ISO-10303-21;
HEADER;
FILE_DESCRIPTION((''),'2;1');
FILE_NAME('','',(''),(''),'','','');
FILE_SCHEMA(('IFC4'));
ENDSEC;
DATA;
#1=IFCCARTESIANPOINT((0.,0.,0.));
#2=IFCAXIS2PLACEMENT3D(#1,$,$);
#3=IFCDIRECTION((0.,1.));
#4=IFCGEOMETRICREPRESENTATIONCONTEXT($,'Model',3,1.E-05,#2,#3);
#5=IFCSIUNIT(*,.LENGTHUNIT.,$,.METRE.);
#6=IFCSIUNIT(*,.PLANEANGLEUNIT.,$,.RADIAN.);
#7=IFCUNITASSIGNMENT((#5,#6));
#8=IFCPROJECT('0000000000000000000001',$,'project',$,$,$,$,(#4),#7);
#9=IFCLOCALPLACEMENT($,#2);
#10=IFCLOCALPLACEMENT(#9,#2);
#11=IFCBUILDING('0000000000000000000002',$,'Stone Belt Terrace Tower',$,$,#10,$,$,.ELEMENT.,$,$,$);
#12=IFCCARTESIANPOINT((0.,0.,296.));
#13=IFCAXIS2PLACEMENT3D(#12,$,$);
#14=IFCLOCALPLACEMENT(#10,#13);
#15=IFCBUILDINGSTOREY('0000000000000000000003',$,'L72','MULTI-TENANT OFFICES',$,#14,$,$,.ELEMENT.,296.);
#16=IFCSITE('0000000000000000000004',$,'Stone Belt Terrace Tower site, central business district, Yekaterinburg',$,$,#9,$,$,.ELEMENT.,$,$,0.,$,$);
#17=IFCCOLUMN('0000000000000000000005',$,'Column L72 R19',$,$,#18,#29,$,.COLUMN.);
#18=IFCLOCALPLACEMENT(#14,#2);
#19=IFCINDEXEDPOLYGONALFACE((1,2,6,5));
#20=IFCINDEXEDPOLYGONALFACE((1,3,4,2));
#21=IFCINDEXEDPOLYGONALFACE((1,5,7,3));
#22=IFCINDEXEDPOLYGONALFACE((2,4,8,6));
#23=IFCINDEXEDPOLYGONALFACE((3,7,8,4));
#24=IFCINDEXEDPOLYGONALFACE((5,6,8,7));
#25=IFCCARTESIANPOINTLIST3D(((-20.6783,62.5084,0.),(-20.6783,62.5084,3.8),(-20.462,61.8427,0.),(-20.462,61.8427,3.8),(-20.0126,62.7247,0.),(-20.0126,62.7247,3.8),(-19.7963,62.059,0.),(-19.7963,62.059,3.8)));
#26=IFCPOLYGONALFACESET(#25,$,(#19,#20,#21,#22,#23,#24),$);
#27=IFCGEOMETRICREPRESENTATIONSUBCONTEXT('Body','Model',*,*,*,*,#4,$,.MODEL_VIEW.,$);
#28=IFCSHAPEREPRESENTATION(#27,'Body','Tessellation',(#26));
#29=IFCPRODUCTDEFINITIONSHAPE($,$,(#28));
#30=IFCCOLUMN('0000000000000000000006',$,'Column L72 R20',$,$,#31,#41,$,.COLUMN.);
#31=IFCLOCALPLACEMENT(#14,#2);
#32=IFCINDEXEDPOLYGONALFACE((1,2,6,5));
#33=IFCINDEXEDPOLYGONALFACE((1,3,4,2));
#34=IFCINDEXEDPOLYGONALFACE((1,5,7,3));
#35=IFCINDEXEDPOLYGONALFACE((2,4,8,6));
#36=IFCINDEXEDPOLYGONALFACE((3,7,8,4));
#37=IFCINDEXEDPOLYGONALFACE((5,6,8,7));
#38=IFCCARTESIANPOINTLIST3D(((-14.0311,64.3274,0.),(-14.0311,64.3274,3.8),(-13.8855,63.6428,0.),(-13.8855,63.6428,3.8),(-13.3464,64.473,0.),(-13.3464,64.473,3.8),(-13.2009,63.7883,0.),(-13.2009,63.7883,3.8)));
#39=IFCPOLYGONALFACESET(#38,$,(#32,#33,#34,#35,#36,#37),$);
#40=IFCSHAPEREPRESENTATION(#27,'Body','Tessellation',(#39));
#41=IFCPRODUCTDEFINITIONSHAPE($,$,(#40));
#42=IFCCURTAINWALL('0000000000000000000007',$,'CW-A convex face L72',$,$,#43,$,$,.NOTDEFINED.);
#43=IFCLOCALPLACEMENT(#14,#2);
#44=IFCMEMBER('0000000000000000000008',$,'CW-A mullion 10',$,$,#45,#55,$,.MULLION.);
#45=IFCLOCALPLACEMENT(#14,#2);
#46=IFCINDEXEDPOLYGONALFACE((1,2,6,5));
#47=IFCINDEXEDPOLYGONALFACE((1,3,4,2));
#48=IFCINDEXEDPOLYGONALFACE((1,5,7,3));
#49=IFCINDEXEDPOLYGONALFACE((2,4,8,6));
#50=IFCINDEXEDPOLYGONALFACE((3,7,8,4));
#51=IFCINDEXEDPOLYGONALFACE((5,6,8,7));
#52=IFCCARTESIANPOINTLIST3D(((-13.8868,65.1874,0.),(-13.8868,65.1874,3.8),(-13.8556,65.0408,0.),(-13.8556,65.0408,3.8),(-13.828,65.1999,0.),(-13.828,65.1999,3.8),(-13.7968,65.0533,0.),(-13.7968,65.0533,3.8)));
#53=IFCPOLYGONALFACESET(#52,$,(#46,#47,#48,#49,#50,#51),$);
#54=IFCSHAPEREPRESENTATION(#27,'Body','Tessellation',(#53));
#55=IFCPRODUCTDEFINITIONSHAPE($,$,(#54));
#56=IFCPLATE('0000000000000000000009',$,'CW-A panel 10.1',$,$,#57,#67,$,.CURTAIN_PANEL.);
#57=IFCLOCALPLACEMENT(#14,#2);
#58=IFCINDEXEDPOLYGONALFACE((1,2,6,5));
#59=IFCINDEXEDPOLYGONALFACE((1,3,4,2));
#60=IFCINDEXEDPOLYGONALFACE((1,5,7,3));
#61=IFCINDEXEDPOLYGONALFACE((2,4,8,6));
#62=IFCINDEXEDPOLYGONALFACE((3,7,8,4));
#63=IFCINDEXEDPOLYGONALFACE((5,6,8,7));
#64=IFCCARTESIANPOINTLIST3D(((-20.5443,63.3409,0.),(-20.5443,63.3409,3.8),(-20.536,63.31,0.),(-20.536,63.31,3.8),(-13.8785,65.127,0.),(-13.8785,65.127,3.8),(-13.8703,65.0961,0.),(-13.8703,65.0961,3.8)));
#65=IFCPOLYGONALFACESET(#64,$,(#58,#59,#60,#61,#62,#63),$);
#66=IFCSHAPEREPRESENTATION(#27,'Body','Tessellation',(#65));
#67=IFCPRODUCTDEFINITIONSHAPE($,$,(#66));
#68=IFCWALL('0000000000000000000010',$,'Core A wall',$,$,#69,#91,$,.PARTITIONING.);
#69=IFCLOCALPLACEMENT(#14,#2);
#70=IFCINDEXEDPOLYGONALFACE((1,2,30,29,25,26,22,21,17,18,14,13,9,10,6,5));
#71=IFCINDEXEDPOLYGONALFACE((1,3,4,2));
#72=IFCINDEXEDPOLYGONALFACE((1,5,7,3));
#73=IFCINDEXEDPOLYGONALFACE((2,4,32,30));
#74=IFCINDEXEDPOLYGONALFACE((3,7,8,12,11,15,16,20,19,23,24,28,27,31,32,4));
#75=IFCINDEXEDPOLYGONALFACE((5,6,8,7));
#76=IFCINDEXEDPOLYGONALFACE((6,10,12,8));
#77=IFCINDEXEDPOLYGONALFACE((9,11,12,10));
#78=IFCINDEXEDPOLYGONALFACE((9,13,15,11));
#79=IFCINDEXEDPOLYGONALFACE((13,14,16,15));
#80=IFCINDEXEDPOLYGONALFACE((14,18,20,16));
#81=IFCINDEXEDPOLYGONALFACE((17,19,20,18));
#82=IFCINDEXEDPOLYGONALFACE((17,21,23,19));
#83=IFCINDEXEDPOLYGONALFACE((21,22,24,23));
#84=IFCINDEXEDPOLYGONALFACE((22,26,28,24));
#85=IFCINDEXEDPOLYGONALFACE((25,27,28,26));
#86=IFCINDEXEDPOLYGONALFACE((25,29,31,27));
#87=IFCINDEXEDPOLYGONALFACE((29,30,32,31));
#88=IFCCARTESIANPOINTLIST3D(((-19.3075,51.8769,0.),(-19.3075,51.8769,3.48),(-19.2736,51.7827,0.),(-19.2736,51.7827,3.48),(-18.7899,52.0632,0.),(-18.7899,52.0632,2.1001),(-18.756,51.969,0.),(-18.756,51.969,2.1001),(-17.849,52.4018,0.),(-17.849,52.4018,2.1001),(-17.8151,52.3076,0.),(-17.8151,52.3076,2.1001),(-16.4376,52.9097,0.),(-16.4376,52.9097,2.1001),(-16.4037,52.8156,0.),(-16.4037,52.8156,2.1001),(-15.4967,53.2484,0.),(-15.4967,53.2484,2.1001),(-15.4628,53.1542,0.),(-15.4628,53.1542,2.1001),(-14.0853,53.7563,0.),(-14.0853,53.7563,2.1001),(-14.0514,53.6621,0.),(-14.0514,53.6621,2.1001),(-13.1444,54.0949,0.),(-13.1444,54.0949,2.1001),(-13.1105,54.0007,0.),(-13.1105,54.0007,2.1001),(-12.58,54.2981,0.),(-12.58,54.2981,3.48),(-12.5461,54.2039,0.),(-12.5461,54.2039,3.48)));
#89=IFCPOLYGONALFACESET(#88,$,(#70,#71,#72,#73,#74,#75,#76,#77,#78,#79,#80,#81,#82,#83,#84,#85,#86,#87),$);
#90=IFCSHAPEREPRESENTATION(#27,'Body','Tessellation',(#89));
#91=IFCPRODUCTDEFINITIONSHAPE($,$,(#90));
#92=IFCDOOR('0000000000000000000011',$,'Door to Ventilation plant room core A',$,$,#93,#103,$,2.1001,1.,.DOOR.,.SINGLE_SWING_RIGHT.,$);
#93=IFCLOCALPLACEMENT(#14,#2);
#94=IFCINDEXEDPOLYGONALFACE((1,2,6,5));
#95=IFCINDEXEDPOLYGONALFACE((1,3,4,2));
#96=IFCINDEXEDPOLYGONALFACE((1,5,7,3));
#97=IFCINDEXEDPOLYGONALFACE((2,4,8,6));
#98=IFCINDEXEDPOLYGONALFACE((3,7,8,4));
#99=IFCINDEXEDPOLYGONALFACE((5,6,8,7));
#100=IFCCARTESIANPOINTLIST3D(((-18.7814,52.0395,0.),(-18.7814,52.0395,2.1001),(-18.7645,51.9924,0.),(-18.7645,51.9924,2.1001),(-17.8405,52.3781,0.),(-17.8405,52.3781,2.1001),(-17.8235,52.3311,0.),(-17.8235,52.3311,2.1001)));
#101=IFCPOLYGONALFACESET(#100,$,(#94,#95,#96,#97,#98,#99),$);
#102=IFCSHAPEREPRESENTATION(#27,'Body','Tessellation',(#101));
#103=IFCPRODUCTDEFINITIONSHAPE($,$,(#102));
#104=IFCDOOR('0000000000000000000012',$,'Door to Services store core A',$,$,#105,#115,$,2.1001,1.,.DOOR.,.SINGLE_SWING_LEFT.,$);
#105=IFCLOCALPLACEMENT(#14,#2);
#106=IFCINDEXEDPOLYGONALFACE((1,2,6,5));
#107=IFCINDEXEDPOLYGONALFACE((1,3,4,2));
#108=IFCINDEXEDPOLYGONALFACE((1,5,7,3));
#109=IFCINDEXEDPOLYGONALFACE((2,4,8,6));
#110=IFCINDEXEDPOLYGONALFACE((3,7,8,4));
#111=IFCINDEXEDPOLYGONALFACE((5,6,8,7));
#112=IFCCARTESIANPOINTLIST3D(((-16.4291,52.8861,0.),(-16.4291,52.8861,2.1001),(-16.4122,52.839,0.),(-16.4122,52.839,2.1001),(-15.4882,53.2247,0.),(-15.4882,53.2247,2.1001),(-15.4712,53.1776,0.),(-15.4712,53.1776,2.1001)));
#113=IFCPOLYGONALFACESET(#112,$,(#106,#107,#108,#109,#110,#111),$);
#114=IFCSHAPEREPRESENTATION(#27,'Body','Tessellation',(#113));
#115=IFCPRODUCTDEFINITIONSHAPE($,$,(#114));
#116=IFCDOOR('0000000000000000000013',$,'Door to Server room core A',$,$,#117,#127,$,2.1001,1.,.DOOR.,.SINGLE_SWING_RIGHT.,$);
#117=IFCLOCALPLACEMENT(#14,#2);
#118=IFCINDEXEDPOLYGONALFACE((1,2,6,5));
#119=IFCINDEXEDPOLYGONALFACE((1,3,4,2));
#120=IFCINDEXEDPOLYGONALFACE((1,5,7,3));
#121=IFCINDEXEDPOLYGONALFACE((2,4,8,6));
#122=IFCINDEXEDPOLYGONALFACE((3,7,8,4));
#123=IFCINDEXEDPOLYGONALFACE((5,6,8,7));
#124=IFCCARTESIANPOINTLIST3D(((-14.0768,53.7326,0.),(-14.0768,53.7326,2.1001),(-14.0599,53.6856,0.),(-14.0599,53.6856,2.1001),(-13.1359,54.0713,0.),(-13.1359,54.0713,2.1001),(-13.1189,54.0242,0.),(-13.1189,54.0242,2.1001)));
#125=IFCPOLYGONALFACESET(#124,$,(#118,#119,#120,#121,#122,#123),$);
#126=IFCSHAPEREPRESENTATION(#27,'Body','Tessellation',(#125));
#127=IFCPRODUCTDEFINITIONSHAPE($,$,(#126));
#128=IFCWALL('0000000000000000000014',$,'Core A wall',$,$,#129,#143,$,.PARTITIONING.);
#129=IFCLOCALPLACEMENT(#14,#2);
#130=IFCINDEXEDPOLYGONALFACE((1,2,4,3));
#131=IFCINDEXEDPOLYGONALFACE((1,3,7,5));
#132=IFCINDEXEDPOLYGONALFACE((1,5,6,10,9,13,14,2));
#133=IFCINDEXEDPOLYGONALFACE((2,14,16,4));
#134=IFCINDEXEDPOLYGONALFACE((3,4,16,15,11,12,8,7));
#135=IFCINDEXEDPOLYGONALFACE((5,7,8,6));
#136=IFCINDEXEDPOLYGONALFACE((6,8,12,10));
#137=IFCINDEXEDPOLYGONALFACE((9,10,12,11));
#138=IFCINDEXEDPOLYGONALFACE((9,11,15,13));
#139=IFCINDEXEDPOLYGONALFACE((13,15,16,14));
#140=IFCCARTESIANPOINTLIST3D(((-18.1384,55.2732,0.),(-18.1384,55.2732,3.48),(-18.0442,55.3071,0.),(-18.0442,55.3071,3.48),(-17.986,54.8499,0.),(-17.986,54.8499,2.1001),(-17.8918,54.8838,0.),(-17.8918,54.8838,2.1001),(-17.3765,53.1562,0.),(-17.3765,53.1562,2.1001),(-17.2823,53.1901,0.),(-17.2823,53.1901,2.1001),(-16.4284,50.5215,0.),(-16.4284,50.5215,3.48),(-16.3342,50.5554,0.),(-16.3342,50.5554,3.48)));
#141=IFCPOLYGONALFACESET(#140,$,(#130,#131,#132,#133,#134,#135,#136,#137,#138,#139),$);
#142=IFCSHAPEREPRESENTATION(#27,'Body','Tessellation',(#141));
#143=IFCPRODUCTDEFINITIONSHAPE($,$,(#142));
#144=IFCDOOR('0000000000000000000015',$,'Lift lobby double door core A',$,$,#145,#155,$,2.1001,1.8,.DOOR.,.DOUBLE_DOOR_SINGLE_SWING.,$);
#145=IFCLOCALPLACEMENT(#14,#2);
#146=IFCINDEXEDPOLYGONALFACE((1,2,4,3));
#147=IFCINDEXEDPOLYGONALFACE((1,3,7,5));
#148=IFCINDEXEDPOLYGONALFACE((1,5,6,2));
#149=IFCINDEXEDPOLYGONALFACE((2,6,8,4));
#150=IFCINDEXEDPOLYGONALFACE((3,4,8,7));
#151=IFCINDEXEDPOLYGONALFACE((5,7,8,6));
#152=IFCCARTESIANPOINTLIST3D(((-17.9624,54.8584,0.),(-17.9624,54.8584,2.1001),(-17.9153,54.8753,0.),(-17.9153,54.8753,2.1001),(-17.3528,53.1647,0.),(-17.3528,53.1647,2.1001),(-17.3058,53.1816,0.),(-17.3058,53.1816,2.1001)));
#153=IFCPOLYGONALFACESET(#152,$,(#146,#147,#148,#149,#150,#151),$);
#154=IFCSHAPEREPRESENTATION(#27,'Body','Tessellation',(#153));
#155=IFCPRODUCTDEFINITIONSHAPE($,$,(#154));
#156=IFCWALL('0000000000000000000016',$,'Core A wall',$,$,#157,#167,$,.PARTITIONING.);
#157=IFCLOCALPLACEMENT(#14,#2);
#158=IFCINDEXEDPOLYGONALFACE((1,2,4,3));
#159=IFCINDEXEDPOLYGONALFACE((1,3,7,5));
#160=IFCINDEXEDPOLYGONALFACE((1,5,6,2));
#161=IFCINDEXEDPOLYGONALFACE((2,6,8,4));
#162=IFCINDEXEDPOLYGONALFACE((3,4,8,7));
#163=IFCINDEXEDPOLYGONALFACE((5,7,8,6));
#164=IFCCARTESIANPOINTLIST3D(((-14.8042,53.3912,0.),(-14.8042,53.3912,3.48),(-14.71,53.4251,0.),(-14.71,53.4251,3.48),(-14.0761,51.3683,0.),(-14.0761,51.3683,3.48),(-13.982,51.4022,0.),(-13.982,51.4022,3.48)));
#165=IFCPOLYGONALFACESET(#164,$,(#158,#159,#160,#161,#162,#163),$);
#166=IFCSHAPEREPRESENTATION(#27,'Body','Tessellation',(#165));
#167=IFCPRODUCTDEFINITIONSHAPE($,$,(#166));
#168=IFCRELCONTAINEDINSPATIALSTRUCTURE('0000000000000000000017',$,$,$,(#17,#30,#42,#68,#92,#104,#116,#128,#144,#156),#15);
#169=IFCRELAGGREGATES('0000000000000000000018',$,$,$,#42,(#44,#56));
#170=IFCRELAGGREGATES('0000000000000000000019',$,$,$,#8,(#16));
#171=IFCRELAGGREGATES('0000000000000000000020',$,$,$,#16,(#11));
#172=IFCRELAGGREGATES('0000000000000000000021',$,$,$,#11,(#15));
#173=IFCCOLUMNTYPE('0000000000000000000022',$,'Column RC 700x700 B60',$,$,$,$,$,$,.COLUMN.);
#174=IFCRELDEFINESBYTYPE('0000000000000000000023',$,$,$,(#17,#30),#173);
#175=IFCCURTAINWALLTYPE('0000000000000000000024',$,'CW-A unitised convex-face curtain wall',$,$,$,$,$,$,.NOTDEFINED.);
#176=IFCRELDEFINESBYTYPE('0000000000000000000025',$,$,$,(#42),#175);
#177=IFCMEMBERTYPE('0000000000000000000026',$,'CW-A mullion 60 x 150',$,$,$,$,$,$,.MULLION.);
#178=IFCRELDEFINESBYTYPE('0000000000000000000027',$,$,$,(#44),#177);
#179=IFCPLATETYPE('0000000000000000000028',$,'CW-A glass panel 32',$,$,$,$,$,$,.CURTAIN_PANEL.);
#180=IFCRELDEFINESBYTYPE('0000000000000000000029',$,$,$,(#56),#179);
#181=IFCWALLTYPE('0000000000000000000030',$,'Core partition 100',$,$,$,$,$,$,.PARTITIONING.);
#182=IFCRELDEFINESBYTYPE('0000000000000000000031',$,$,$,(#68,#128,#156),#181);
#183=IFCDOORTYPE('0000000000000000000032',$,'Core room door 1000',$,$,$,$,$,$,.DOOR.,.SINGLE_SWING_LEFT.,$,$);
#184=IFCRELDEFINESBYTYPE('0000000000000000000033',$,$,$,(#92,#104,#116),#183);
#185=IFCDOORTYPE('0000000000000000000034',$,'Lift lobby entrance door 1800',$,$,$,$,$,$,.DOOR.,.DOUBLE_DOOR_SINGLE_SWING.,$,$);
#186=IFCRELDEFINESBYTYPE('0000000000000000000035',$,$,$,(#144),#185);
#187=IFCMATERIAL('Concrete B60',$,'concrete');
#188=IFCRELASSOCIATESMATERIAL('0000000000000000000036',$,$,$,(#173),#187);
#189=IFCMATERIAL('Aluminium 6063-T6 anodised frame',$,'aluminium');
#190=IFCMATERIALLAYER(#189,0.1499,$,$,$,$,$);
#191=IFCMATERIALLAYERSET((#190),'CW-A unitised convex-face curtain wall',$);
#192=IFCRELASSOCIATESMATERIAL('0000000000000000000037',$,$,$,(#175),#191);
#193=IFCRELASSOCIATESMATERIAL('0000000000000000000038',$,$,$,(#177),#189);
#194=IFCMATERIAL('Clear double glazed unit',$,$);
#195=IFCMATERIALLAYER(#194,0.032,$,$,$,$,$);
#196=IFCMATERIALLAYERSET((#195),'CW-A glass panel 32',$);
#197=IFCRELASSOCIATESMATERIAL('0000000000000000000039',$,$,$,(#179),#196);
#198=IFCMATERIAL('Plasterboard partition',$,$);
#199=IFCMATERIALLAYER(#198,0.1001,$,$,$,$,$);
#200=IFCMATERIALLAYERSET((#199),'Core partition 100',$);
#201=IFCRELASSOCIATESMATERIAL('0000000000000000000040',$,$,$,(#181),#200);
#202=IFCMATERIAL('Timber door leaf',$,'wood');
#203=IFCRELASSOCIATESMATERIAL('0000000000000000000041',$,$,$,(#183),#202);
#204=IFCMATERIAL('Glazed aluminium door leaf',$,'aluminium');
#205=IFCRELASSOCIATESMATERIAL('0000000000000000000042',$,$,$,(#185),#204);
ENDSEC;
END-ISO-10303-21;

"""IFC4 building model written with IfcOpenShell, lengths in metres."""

from ifc_helpers import new_model, si_unit, direction, frame, frame_2d, origin, origin_2d, place, context, subcontext, project, spatial, rectangle, extrude, material, layer, layer_set, material_profile, profile_set, type_object, element, fill, aggregate, save


model = new_model("IFC4")

# Units and contexts
model_context = context("Model", 3, precision=1e-05, world=origin(), true_north=direction((0.0, 1.0)))
body_context = subcontext(model_context, "Body", "Model", "MODEL_VIEW")
ifc_project = project(units=[si_unit("LENGTHUNIT", "METRE"), si_unit("PLANEANGLEUNIT", "RADIAN")], contexts=[model_context])

# Site, building, storey
site_placement = place(None, origin())
site = spatial("IfcSite", under=ifc_project, at=site_placement, Name="Stone Belt Terrace Tower site, central business district, Yekaterinburg", CompositionType="ELEMENT", RefElevation=0.0)
building_placement = place(site_placement, origin())
building = spatial("IfcBuilding", under=site, at=building_placement, Name="Stone Belt Terrace Tower", CompositionType="ELEMENT")
storey_placement = place(building_placement, frame((0.0, 0.0, 296.0)))
storey = spatial("IfcBuildingStorey", under=building, at=storey_placement, Name="L72", Description="MULTI-TENANT OFFICES", CompositionType="ELEMENT", Elevation=296.0)

# Columns
ifc_material_1 = material(Name="Concrete B60", Category="concrete")
ifc_material_profile_1 = material_profile(ifc_material_1, rectangle(XDim=0.7, YDim=0.7, at=origin_2d()), Name="RC 700x700")
ifc_profile_set_1 = profile_set([ifc_material_profile_1], Name="Concrete B60")
column_type = type_object("IfcColumnType", Name="Column RC 700x700 B60", PredefinedType="COLUMN", material=ifc_profile_set_1)
for number, where, z_axis, x_axis, name in (
    (1, (-20.2373, 62.2837, 0.0), (0.0, 0.0, 1.0), (0.951057, 0.309017, 0.0), "Column L72 R19"),
    (2, (-13.616, 64.0579, 0.0), (0.0, 0.0, 1.0), (0.978148, 0.207912, 0.0), "Column L72 R20"),
):
    element("IfcColumn", number, at=place(storey_placement, frame(where, z_axis=z_axis, x_axis=x_axis)), inside=storey, type_object=column_type, Name=name, PredefinedType="COLUMN", context=body_context, shape_type="SweptSolid", body=[
        extrude(rectangle(XDim=0.7, YDim=0.7, at=origin_2d()), origin(), (0.0, 0.0, 1.0), 3.8),
    ])

# Curtain wall, member, plate
ifc_material_2 = material(Name="Aluminium 6063-T6 anodised frame", Category="aluminium")
ifc_layer_1 = layer(ifc_material_2, 0.1499)
ifc_layer_set_1 = layer_set([ifc_layer_1], Name="CW-A unitised convex-face curtain wall")
curtain_wall_type = type_object("IfcCurtainWallType", Name="CW-A unitised convex-face curtain wall", PredefinedType="NOTDEFINED", material=ifc_layer_set_1)
curtain_wall_placement = place(storey_placement, origin())
curtain_wall = element("IfcCurtainWall", 3, at=curtain_wall_placement, inside=storey, type_object=curtain_wall_type, Name="CW-A convex face L72", PredefinedType="NOTDEFINED")
ifc_material_profile_2 = material_profile(ifc_material_2, rectangle(XDim=0.1499, YDim=0.0601, at=origin_2d()), Name="Aluminium 6063-T6 60x150")
ifc_profile_set_2 = profile_set([ifc_material_profile_2], Name="Aluminium 6063-T6 anodised frame")
member_type = type_object("IfcMemberType", Name="CW-A mullion 60 x 150", PredefinedType="MULLION", material=ifc_profile_set_2)
member_placement = place(storey_placement, frame((-13.8418, 65.1204, 0.0), z_axis=(0.0, 0.0, 1.0), x_axis=(0.207912, -0.978148, 0.0)))
member = element("IfcMember", 4, at=member_placement, type_object=member_type, Name="CW-A mullion 10", PredefinedType="MULLION", context=body_context, shape_type="SweptSolid", body=[
    extrude(rectangle(XDim=0.1499, YDim=0.0601, at=origin_2d()), origin(), (0.0, 0.0, 1.0), 3.8),
])
ifc_material_3 = material(Name="Clear double glazed unit")
ifc_layer_2 = layer(ifc_material_3, 0.032)
ifc_layer_set_2 = layer_set([ifc_layer_2], Name="CW-A glass panel 32")
plate_type = type_object("IfcPlateType", Name="CW-A glass panel 32", PredefinedType="CURTAIN_PANEL", material=ifc_layer_set_2)
plate_placement = place(storey_placement, frame((-17.2073, 64.2185, 0.0), z_axis=(0.0, 0.0, 1.0), x_axis=(-0.965926, -0.258819, 0.0)))
plate = element("IfcPlate", 5, at=plate_placement, type_object=plate_type, Name="CW-A panel 10.1", PredefinedType="CURTAIN_PANEL", context=body_context, shape_type="SweptSolid", body=[
    extrude(rectangle(XDim=6.9009, YDim=0.032, at=origin_2d()), origin(), (0.0, 0.0, 1.0), 3.8),
])
aggregate(curtain_wall, [member, plate])

# Wall, openings, doors
ifc_material_4 = material(Name="Plasterboard partition")
ifc_layer_3 = layer(ifc_material_4, 0.1001)
ifc_layer_set_3 = layer_set([ifc_layer_3], Name="Core partition 100")
wall_type_1 = type_object("IfcWallType", Name="Core partition 100", PredefinedType="PARTITIONING", material=ifc_layer_set_3)
wall_1_placement = place(storey_placement, frame((-19.2905, 51.8298, 0.0), z_axis=(0.0, 0.0, 1.0), x_axis=(0.940922, 0.338624, 0.0)))
wall_1 = element("IfcWall", 6, at=wall_1_placement, inside=storey, type_object=wall_type_1, Name="Core A wall", PredefinedType="PARTITIONING", context=body_context, shape_type="SweptSolid", body=[
    extrude(rectangle(XDim=7.1499, YDim=0.1001, at=frame_2d((3.575, 0.0))), origin(), (0.0, 0.0, 1.0), 3.48),
])
opening_1_placement = place(wall_1_placement, frame((0.55, 0.0, 0.0)))
opening_1 = element("IfcOpeningElement", 7, at=opening_1_placement, cuts=wall_1, PredefinedType="OPENING", context=body_context, shape_type="SweptSolid", body=[
    extrude(rectangle(XDim=1.0, YDim=2.1001, at=frame_2d((0.5, 1.05))), frame((0.0, 0.0601, 0.0), z_axis=(0.0, -1.0, 0.0), x_axis=(1.0, 0.0, 0.0)), (0.0, 0.0, 1.0), 0.1201),
])
opening_2_placement = place(wall_1_placement, frame((3.05, 0.0, 0.0)))
opening_2 = element("IfcOpeningElement", 8, at=opening_2_placement, cuts=wall_1, PredefinedType="OPENING", context=body_context, shape_type="SweptSolid", body=[
    extrude(rectangle(XDim=1.0, YDim=2.1001, at=frame_2d((0.5, 1.05))), frame((0.0, 0.0601, 0.0), z_axis=(0.0, -1.0, 0.0), x_axis=(1.0, 0.0, 0.0)), (0.0, 0.0, 1.0), 0.1201),
])
opening_3_placement = place(wall_1_placement, frame((5.55, 0.0, 0.0)))
opening_3 = element("IfcOpeningElement", 9, at=opening_3_placement, cuts=wall_1, PredefinedType="OPENING", context=body_context, shape_type="SweptSolid", body=[
    extrude(rectangle(XDim=1.0, YDim=2.1001, at=frame_2d((0.5, 1.05))), frame((0.0, 0.0601, 0.0), z_axis=(0.0, -1.0, 0.0), x_axis=(1.0, 0.0, 0.0)), (0.0, 0.0, 1.0), 0.1201),
])
ifc_material_5 = material(Name="Timber door leaf", Category="wood")
door_type_1 = type_object("IfcDoorType", Name="Core room door 1000", OperationType="SINGLE_SWING_LEFT", PredefinedType="DOOR", material=ifc_material_5)
door_1_placement = place(opening_1_placement, origin())
door_1 = element("IfcDoor", 10, at=door_1_placement, inside=storey, type_object=door_type_1, Name="Door to Ventilation plant room core A", OperationType="SINGLE_SWING_RIGHT", OverallHeight=2.1001, OverallWidth=1.0, PredefinedType="DOOR", context=body_context, shape_type="SweptSolid", body=[
    extrude(rectangle(XDim=1.0, YDim=2.1001, at=frame_2d((0.5, 1.05))), frame((0.0, 0.0249, 0.0), z_axis=(0.0, -1.0, 0.0), x_axis=(1.0, 0.0, 0.0)), (0.0, 0.0, 1.0), 0.05),
])
fill(opening_1, door_1)
door_2_placement = place(opening_2_placement, origin())
door_2 = element("IfcDoor", 11, at=door_2_placement, inside=storey, type_object=door_type_1, Name="Door to Services store core A", OperationType="SINGLE_SWING_LEFT", OverallHeight=2.1001, OverallWidth=1.0, PredefinedType="DOOR", context=body_context, shape_type="SweptSolid", body=[
    extrude(rectangle(XDim=1.0, YDim=2.1001, at=frame_2d((0.5, 1.05))), frame((0.0, 0.0249, 0.0), z_axis=(0.0, -1.0, 0.0), x_axis=(1.0, 0.0, 0.0)), (0.0, 0.0, 1.0), 0.05),
])
fill(opening_2, door_2)
door_3_placement = place(opening_3_placement, origin())
door_3 = element("IfcDoor", 12, at=door_3_placement, inside=storey, type_object=door_type_1, Name="Door to Server room core A", OperationType="SINGLE_SWING_RIGHT", OverallHeight=2.1001, OverallWidth=1.0, PredefinedType="DOOR", context=body_context, shape_type="SweptSolid", body=[
    extrude(rectangle(XDim=1.0, YDim=2.1001, at=frame_2d((0.5, 1.05))), frame((0.0, 0.0249, 0.0), z_axis=(0.0, -1.0, 0.0), x_axis=(1.0, 0.0, 0.0)), (0.0, 0.0, 1.0), 0.05),
])
fill(opening_3, door_3)

# Wall, opening, door
wall_2_placement = place(storey_placement, frame((-16.3813, 50.5386, 0.0), z_axis=(0.0, 0.0, 1.0), x_axis=(-0.338605, 0.940929, 0.0)))
wall_2 = element("IfcWall", 13, at=wall_2_placement, inside=storey, type_object=wall_type_1, Name="Core A wall", PredefinedType="PARTITIONING", context=body_context, shape_type="SweptSolid", body=[
    extrude(rectangle(XDim=5.05, YDim=0.1001, at=frame_2d((2.5249, 0.0))), origin(), (0.0, 0.0, 1.0), 3.48),
])
opening_4_placement = place(wall_2_placement, frame((2.8, 0.0, 0.0)))
opening_4 = element("IfcOpeningElement", 14, at=opening_4_placement, cuts=wall_2, PredefinedType="OPENING", context=body_context, shape_type="SweptSolid", body=[
    extrude(rectangle(XDim=1.8, YDim=2.1001, at=frame_2d((0.8999, 1.05))), frame((0.0, 0.0601, 0.0), z_axis=(0.0, -1.0, 0.0), x_axis=(1.0, 0.0, 0.0)), (0.0, 0.0, 1.0), 0.1201),
])
ifc_material_6 = material(Name="Glazed aluminium door leaf", Category="aluminium")
door_type_2 = type_object("IfcDoorType", Name="Lift lobby entrance door 1800", OperationType="DOUBLE_DOOR_SINGLE_SWING", PredefinedType="DOOR", material=ifc_material_6)
door_4_placement = place(opening_4_placement, origin())
door_4 = element("IfcDoor", 15, at=door_4_placement, inside=storey, type_object=door_type_2, Name="Lift lobby double door core A", OperationType="DOUBLE_DOOR_SINGLE_SWING", OverallHeight=2.1001, OverallWidth=1.8, PredefinedType="DOOR", context=body_context, shape_type="SweptSolid", body=[
    extrude(rectangle(XDim=1.8, YDim=2.1001, at=frame_2d((0.8999, 1.05))), frame((0.0, 0.0249, 0.0), z_axis=(0.0, -1.0, 0.0), x_axis=(1.0, 0.0, 0.0)), (0.0, 0.0, 1.0), 0.05),
])
fill(opening_4, door_4)

# Wall
wall_3_placement = place(storey_placement, frame((-14.0291, 51.3853, 0.0), z_axis=(0.0, 0.0, 1.0), x_axis=(-0.338623, 0.940922, 0.0)))
element("IfcWall", 16, at=wall_3_placement, inside=storey, type_object=wall_type_1, Name="Core A wall", PredefinedType="PARTITIONING", context=body_context, shape_type="SweptSolid", body=[
    extrude(rectangle(XDim=2.1499, YDim=0.1001, at=frame_2d((1.075, 0.0))), origin(), (0.0, 0.0, 1.0), 3.48),
])

save(model, "model.ifc")
